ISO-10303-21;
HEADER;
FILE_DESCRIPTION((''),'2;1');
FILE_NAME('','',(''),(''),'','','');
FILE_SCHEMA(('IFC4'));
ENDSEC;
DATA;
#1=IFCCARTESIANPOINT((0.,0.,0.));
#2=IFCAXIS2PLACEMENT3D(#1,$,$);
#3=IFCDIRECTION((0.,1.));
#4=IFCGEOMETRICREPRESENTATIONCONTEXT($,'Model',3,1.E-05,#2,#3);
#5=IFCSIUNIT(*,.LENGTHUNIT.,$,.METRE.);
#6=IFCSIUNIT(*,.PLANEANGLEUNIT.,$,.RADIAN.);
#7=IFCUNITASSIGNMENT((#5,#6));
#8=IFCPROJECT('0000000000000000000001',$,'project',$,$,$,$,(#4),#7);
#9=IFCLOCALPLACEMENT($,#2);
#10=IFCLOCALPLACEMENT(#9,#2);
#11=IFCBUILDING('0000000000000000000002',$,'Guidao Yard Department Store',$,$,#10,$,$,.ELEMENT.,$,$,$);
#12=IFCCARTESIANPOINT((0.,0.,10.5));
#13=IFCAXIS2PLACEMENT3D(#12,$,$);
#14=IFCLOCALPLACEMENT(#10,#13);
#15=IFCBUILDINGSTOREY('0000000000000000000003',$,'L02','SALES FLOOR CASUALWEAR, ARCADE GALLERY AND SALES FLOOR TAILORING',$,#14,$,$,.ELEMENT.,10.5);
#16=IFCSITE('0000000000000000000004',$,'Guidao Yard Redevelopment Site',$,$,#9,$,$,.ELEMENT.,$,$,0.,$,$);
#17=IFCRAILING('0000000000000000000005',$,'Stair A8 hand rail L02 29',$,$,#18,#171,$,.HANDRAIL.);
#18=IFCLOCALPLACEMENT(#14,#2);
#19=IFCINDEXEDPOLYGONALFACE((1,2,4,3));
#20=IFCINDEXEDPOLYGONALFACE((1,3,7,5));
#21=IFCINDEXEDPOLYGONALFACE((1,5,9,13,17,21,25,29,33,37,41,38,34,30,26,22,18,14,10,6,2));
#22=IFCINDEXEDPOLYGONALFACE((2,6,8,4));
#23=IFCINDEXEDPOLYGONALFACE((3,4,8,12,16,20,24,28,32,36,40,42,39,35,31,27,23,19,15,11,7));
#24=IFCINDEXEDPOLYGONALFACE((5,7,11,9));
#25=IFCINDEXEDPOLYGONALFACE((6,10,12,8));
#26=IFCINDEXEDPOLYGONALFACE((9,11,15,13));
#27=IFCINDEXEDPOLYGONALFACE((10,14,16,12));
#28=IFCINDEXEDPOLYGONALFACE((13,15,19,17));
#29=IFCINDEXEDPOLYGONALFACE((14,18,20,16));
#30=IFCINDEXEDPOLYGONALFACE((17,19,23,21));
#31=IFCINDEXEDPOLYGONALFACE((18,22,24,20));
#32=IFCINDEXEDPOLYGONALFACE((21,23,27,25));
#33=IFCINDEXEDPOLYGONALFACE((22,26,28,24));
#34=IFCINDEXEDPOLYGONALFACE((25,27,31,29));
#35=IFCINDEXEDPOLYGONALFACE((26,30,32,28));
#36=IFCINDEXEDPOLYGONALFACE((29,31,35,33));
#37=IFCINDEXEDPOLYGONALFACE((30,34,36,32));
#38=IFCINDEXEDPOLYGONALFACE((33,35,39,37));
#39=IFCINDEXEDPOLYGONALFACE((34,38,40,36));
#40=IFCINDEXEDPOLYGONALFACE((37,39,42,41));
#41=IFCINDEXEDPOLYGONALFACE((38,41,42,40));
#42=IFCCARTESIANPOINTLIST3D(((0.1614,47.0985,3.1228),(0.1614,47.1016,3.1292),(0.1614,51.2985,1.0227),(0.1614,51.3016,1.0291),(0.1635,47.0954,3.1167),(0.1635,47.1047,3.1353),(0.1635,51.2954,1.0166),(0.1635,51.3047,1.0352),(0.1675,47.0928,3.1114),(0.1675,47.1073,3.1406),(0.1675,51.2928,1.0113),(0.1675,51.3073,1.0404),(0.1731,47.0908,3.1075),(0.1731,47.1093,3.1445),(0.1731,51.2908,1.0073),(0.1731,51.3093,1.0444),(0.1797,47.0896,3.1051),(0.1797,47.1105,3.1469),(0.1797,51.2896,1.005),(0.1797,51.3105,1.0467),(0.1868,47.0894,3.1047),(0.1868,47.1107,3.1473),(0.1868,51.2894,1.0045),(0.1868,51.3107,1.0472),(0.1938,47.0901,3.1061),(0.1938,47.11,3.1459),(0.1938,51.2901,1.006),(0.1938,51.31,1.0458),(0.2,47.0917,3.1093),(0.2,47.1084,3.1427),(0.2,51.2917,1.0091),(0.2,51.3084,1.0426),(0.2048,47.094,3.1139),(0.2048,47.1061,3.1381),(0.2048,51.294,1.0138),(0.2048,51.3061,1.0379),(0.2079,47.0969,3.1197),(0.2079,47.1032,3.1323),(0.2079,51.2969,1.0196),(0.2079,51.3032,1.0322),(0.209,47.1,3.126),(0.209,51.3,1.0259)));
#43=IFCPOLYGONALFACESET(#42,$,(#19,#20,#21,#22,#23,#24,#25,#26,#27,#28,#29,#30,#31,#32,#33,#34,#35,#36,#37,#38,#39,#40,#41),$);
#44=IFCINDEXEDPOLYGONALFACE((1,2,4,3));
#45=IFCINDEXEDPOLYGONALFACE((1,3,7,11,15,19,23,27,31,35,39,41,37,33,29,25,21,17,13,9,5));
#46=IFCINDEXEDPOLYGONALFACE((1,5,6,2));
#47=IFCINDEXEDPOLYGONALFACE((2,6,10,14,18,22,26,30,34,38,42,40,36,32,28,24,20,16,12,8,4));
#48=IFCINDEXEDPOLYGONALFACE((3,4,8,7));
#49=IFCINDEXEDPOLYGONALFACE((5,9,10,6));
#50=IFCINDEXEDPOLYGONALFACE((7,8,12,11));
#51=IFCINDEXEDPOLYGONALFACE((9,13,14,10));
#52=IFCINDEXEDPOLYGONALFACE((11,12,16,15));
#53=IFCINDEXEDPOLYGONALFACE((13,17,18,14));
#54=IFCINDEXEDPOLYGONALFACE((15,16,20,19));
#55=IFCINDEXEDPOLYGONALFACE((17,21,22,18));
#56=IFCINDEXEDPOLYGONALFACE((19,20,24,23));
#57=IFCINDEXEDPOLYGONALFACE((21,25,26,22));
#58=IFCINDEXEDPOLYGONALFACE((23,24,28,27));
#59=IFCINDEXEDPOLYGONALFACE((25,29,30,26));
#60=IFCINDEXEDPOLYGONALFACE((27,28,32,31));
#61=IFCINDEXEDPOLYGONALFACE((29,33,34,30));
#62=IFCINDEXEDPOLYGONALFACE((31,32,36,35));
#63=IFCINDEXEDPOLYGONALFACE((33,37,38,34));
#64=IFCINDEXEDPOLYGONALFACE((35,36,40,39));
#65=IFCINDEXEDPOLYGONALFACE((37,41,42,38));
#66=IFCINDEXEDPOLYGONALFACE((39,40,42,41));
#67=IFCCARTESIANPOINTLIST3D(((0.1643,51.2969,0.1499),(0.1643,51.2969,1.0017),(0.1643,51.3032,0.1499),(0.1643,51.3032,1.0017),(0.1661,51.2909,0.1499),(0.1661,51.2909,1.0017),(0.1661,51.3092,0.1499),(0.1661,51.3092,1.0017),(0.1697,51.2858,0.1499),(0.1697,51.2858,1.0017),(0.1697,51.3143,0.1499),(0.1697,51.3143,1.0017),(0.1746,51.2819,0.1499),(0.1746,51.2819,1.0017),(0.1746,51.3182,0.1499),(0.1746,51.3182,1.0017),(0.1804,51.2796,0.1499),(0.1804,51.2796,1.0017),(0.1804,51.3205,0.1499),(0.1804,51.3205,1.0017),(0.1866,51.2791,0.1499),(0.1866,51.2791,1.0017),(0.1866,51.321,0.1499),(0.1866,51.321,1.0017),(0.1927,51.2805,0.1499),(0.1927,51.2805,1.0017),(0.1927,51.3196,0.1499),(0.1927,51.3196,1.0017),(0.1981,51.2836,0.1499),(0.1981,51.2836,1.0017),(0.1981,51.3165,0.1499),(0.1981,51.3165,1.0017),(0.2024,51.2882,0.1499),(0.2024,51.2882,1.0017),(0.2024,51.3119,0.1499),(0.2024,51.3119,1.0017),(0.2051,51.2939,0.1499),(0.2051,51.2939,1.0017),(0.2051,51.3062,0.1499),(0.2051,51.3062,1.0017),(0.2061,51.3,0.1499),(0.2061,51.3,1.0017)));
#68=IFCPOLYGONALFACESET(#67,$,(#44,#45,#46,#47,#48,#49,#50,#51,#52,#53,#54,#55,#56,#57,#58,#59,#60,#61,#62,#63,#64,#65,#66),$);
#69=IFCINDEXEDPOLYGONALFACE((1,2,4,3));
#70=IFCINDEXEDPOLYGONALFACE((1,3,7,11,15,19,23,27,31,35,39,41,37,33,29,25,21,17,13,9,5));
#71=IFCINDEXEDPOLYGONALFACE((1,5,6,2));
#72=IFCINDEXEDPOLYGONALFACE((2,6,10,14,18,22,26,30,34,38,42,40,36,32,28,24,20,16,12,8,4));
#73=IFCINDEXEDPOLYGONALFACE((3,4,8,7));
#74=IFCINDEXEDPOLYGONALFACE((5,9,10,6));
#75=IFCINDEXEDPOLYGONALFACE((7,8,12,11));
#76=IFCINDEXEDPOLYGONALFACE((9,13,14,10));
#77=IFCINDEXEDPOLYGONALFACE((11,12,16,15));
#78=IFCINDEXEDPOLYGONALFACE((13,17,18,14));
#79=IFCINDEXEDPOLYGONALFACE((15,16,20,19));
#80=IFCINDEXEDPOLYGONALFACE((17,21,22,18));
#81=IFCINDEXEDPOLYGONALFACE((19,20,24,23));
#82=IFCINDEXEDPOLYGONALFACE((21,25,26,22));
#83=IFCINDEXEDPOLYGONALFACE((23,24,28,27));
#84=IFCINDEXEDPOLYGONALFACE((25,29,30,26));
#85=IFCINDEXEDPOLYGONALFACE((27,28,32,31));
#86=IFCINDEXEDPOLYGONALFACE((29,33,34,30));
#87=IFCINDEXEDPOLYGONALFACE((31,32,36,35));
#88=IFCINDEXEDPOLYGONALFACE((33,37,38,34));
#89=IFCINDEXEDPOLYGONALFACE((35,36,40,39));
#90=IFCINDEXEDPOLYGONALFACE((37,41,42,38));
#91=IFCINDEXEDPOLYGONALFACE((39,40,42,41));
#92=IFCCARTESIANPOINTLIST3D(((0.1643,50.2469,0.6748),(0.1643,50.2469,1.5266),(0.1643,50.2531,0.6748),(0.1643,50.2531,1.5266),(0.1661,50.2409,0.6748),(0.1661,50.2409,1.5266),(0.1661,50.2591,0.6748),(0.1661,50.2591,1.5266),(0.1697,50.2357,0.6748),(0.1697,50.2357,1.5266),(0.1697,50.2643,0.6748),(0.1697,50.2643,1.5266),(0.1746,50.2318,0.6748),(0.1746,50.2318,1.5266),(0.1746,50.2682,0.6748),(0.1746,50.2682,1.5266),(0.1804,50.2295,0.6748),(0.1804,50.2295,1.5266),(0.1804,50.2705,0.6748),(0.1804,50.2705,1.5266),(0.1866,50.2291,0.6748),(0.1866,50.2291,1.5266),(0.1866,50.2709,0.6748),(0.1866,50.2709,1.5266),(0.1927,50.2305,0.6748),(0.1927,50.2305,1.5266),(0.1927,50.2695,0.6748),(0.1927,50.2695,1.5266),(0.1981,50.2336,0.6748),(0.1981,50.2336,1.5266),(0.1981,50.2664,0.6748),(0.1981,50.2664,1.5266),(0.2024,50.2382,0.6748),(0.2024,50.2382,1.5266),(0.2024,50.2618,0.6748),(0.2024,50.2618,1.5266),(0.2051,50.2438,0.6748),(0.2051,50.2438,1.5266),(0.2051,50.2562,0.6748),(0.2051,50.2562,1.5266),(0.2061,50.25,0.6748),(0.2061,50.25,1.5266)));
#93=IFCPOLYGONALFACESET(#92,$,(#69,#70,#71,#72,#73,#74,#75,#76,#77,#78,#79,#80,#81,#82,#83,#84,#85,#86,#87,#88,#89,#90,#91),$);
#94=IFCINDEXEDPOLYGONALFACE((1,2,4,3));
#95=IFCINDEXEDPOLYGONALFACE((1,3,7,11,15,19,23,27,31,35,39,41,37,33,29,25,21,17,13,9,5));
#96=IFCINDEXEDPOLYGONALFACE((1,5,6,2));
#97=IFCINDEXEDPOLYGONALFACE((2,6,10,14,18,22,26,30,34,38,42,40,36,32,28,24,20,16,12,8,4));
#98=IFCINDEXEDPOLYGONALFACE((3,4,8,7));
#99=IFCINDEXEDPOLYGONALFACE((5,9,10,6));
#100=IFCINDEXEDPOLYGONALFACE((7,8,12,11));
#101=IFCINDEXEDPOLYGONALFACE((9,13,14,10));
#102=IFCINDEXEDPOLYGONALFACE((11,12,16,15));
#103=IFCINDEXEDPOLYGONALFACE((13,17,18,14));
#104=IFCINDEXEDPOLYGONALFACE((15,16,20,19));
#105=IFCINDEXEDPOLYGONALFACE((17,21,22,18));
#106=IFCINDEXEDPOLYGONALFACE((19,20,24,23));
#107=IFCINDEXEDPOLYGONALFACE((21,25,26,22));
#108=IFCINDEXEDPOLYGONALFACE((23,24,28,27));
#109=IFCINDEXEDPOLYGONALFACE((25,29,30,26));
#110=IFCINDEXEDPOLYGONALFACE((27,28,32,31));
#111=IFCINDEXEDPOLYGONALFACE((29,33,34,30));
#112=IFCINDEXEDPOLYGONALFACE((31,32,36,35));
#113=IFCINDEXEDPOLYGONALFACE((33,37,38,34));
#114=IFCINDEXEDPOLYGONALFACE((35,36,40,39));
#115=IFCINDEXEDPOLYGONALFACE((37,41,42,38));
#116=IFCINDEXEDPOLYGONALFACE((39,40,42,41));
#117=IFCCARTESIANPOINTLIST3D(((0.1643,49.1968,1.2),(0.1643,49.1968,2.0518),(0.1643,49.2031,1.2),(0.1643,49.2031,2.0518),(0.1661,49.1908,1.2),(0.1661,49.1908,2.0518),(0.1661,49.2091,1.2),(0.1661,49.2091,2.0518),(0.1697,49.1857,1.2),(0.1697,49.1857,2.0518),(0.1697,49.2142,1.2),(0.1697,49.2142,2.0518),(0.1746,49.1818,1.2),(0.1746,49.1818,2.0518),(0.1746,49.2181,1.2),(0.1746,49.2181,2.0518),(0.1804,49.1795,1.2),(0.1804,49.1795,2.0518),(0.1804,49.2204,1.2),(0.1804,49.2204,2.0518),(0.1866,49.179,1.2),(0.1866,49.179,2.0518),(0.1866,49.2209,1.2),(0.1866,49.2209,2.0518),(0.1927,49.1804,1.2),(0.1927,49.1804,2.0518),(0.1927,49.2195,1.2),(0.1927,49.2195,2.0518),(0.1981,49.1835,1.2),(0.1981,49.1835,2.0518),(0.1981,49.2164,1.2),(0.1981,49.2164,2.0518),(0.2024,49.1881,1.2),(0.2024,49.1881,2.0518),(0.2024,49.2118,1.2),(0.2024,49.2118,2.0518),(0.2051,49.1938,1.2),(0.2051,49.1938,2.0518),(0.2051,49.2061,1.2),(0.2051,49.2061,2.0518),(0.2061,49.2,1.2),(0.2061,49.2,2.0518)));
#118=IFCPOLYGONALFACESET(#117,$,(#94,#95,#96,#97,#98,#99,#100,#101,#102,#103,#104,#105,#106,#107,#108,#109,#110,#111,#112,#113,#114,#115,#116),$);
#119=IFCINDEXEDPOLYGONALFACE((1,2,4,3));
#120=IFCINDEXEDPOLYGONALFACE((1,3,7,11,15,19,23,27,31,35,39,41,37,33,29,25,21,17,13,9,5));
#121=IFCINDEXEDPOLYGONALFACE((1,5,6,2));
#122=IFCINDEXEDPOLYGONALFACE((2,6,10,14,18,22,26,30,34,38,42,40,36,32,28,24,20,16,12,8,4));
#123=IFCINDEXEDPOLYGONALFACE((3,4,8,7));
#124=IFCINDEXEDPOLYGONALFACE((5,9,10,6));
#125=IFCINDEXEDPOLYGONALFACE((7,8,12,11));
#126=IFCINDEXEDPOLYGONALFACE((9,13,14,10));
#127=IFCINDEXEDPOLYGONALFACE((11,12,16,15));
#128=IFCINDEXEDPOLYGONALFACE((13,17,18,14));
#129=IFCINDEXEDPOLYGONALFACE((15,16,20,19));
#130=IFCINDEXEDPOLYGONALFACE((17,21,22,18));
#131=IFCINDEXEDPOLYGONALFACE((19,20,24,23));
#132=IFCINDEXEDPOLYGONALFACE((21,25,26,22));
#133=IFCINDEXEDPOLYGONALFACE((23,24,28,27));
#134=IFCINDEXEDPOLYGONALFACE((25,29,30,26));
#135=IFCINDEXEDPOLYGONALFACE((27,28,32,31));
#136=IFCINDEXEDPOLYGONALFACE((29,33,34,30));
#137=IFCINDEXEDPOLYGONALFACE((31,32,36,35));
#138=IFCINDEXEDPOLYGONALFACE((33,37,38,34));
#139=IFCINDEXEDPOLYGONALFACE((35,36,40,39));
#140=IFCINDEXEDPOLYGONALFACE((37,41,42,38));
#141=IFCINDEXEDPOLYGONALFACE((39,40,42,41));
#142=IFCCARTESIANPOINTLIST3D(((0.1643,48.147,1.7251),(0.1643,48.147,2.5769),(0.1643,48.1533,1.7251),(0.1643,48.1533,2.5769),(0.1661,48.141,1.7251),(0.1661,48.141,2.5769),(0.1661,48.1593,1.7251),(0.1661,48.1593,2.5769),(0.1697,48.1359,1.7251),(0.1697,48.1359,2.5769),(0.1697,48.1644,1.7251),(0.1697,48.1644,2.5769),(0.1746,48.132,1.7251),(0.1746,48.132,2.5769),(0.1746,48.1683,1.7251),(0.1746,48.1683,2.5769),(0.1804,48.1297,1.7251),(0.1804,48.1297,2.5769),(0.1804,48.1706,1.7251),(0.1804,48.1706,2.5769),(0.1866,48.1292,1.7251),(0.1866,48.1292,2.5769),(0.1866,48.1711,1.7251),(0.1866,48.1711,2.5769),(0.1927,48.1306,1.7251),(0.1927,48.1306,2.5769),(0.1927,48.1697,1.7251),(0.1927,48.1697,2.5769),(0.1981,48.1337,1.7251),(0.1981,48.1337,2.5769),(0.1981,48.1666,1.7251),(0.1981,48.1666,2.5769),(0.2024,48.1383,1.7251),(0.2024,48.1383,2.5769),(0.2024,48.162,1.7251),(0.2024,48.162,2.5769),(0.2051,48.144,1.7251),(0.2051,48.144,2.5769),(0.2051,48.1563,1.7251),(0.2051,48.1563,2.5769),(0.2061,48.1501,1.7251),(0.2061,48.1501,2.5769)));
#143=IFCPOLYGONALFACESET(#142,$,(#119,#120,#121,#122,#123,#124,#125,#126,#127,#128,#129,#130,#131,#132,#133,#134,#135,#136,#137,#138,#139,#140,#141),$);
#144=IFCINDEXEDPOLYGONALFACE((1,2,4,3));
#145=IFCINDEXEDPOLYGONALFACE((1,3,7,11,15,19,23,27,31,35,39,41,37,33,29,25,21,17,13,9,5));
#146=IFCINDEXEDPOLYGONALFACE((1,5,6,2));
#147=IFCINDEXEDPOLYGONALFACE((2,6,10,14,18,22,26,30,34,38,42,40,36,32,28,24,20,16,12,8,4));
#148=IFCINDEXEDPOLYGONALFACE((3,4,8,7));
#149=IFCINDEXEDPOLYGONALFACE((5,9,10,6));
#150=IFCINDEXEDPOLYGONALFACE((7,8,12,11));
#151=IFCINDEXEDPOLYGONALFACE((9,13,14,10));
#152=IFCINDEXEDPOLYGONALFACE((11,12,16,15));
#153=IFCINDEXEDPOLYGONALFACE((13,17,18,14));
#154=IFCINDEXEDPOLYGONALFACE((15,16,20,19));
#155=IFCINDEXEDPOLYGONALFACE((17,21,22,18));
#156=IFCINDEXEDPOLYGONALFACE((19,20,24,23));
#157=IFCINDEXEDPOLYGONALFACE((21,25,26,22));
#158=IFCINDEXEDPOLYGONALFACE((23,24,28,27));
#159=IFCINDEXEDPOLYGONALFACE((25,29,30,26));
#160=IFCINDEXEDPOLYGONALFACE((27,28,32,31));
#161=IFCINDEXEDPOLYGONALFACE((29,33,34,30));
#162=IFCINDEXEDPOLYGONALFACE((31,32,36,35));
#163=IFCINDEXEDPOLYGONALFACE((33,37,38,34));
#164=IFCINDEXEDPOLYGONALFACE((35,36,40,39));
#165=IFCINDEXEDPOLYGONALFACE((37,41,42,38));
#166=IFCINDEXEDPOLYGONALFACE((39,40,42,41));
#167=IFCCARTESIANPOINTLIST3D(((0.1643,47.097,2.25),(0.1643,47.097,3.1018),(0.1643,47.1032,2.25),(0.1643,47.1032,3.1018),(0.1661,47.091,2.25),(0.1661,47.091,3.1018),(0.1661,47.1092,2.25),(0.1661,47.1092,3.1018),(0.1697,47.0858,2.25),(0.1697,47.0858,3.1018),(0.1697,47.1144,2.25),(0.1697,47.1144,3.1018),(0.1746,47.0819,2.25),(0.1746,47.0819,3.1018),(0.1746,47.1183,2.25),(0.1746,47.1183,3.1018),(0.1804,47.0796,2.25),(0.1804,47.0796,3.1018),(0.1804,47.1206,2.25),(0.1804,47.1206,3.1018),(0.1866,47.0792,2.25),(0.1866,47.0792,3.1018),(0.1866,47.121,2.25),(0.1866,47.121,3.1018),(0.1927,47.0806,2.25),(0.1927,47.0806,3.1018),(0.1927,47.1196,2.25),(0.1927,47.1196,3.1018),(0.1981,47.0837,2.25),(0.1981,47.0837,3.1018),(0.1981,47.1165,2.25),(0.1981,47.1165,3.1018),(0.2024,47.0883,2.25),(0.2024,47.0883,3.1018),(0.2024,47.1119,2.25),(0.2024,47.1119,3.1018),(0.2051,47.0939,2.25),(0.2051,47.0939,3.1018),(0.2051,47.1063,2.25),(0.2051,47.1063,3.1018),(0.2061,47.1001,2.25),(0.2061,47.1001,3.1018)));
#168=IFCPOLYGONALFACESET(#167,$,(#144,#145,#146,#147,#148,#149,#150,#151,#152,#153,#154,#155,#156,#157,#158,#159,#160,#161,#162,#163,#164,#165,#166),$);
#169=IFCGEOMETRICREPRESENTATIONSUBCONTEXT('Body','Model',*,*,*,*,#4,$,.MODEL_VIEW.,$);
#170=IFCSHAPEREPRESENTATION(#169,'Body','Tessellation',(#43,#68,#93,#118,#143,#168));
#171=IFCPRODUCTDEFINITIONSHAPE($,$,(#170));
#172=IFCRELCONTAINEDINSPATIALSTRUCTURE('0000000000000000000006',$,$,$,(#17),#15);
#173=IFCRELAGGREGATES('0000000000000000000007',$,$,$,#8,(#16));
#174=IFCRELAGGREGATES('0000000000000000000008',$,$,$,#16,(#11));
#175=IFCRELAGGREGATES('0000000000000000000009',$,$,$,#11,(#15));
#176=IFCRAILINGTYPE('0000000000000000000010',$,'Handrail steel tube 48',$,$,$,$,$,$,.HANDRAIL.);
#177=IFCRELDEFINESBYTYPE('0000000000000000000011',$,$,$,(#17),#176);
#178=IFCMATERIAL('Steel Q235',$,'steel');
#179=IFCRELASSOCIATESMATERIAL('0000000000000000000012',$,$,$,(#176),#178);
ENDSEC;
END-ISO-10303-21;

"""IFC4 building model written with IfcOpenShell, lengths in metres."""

from ifc_helpers import new_model, si_unit, direction, frame, origin, origin_2d, place, context, subcontext, project, spatial, circle, extrude, material, type_object, element, save


model = new_model("IFC4")

# Units and contexts
model_context = context("Model", 3, precision=1e-05, world=origin(), true_north=direction((0.0, 1.0)))
body_context = subcontext(model_context, "Body", "Model", "MODEL_VIEW")
ifc_project = project(units=[si_unit("LENGTHUNIT", "METRE"), si_unit("PLANEANGLEUNIT", "RADIAN")], contexts=[model_context])

# Site, building, storey
site_placement = place(None, origin())
site = spatial("IfcSite", under=ifc_project, at=site_placement, Name="Guidao Yard Redevelopment Site", CompositionType="ELEMENT", RefElevation=0.0)
building_placement = place(site_placement, origin())
building = spatial("IfcBuilding", under=site, at=building_placement, Name="Guidao Yard Department Store", CompositionType="ELEMENT")
storey_placement = place(building_placement, frame((0.0, 0.0, 10.5)))
storey = spatial("IfcBuildingStorey", under=building, at=storey_placement, Name="L02", Description="SALES FLOOR CASUALWEAR, ARCADE GALLERY AND SALES FLOOR TAILORING", CompositionType="ELEMENT", Elevation=10.5)

# Railing
ifc_material_1 = material(Name="Steel Q235", Category="steel")
railing_type_1 = type_object("IfcRailingType", Name="Handrail steel tube 48", PredefinedType="HANDRAIL", material=ifc_material_1)
for number, where, name in (
    (1, (0.1851, 51.3, 0.1499), "Stair A8 hand rail L02 29"),
):
    element("IfcRailing", number, at=place(storey_placement, frame(where)), inside=storey, type_object=railing_type_1, Name=name, PredefinedType="HANDRAIL", context=body_context, shape_type="SweptSolid", body=[
        extrude(circle(Radius=0.0239, at=origin_2d()), frame((0.0, 0.0, 0.876), z_axis=(0.0, -0.894417, 0.447234), x_axis=(1.0, 0.0, 0.0)), (0.0, 0.0, 1.0), 4.6958),
        extrude(circle(Radius=0.021, at=origin_2d()), origin(), (0.0, 0.0, 1.0), 0.8518),
        extrude(circle(Radius=0.021, at=origin_2d()), frame((0.0, -1.05, 0.5249)), (0.0, 0.0, 1.0), 0.8518),
        extrude(circle(Radius=0.021, at=origin_2d()), frame((0.0, -2.1001, 1.05)), (0.0, 0.0, 1.0), 0.8518),
        extrude(circle(Radius=0.021, at=origin_2d()), frame((0.0, -3.1499, 1.5752)), (0.0, 0.0, 1.0), 0.8518),
        extrude(circle(Radius=0.021, at=origin_2d()), frame((0.0, -4.2, 2.1001)), (0.0, 0.0, 1.0), 0.8518),
    ])

save(model, "model.ifc")
